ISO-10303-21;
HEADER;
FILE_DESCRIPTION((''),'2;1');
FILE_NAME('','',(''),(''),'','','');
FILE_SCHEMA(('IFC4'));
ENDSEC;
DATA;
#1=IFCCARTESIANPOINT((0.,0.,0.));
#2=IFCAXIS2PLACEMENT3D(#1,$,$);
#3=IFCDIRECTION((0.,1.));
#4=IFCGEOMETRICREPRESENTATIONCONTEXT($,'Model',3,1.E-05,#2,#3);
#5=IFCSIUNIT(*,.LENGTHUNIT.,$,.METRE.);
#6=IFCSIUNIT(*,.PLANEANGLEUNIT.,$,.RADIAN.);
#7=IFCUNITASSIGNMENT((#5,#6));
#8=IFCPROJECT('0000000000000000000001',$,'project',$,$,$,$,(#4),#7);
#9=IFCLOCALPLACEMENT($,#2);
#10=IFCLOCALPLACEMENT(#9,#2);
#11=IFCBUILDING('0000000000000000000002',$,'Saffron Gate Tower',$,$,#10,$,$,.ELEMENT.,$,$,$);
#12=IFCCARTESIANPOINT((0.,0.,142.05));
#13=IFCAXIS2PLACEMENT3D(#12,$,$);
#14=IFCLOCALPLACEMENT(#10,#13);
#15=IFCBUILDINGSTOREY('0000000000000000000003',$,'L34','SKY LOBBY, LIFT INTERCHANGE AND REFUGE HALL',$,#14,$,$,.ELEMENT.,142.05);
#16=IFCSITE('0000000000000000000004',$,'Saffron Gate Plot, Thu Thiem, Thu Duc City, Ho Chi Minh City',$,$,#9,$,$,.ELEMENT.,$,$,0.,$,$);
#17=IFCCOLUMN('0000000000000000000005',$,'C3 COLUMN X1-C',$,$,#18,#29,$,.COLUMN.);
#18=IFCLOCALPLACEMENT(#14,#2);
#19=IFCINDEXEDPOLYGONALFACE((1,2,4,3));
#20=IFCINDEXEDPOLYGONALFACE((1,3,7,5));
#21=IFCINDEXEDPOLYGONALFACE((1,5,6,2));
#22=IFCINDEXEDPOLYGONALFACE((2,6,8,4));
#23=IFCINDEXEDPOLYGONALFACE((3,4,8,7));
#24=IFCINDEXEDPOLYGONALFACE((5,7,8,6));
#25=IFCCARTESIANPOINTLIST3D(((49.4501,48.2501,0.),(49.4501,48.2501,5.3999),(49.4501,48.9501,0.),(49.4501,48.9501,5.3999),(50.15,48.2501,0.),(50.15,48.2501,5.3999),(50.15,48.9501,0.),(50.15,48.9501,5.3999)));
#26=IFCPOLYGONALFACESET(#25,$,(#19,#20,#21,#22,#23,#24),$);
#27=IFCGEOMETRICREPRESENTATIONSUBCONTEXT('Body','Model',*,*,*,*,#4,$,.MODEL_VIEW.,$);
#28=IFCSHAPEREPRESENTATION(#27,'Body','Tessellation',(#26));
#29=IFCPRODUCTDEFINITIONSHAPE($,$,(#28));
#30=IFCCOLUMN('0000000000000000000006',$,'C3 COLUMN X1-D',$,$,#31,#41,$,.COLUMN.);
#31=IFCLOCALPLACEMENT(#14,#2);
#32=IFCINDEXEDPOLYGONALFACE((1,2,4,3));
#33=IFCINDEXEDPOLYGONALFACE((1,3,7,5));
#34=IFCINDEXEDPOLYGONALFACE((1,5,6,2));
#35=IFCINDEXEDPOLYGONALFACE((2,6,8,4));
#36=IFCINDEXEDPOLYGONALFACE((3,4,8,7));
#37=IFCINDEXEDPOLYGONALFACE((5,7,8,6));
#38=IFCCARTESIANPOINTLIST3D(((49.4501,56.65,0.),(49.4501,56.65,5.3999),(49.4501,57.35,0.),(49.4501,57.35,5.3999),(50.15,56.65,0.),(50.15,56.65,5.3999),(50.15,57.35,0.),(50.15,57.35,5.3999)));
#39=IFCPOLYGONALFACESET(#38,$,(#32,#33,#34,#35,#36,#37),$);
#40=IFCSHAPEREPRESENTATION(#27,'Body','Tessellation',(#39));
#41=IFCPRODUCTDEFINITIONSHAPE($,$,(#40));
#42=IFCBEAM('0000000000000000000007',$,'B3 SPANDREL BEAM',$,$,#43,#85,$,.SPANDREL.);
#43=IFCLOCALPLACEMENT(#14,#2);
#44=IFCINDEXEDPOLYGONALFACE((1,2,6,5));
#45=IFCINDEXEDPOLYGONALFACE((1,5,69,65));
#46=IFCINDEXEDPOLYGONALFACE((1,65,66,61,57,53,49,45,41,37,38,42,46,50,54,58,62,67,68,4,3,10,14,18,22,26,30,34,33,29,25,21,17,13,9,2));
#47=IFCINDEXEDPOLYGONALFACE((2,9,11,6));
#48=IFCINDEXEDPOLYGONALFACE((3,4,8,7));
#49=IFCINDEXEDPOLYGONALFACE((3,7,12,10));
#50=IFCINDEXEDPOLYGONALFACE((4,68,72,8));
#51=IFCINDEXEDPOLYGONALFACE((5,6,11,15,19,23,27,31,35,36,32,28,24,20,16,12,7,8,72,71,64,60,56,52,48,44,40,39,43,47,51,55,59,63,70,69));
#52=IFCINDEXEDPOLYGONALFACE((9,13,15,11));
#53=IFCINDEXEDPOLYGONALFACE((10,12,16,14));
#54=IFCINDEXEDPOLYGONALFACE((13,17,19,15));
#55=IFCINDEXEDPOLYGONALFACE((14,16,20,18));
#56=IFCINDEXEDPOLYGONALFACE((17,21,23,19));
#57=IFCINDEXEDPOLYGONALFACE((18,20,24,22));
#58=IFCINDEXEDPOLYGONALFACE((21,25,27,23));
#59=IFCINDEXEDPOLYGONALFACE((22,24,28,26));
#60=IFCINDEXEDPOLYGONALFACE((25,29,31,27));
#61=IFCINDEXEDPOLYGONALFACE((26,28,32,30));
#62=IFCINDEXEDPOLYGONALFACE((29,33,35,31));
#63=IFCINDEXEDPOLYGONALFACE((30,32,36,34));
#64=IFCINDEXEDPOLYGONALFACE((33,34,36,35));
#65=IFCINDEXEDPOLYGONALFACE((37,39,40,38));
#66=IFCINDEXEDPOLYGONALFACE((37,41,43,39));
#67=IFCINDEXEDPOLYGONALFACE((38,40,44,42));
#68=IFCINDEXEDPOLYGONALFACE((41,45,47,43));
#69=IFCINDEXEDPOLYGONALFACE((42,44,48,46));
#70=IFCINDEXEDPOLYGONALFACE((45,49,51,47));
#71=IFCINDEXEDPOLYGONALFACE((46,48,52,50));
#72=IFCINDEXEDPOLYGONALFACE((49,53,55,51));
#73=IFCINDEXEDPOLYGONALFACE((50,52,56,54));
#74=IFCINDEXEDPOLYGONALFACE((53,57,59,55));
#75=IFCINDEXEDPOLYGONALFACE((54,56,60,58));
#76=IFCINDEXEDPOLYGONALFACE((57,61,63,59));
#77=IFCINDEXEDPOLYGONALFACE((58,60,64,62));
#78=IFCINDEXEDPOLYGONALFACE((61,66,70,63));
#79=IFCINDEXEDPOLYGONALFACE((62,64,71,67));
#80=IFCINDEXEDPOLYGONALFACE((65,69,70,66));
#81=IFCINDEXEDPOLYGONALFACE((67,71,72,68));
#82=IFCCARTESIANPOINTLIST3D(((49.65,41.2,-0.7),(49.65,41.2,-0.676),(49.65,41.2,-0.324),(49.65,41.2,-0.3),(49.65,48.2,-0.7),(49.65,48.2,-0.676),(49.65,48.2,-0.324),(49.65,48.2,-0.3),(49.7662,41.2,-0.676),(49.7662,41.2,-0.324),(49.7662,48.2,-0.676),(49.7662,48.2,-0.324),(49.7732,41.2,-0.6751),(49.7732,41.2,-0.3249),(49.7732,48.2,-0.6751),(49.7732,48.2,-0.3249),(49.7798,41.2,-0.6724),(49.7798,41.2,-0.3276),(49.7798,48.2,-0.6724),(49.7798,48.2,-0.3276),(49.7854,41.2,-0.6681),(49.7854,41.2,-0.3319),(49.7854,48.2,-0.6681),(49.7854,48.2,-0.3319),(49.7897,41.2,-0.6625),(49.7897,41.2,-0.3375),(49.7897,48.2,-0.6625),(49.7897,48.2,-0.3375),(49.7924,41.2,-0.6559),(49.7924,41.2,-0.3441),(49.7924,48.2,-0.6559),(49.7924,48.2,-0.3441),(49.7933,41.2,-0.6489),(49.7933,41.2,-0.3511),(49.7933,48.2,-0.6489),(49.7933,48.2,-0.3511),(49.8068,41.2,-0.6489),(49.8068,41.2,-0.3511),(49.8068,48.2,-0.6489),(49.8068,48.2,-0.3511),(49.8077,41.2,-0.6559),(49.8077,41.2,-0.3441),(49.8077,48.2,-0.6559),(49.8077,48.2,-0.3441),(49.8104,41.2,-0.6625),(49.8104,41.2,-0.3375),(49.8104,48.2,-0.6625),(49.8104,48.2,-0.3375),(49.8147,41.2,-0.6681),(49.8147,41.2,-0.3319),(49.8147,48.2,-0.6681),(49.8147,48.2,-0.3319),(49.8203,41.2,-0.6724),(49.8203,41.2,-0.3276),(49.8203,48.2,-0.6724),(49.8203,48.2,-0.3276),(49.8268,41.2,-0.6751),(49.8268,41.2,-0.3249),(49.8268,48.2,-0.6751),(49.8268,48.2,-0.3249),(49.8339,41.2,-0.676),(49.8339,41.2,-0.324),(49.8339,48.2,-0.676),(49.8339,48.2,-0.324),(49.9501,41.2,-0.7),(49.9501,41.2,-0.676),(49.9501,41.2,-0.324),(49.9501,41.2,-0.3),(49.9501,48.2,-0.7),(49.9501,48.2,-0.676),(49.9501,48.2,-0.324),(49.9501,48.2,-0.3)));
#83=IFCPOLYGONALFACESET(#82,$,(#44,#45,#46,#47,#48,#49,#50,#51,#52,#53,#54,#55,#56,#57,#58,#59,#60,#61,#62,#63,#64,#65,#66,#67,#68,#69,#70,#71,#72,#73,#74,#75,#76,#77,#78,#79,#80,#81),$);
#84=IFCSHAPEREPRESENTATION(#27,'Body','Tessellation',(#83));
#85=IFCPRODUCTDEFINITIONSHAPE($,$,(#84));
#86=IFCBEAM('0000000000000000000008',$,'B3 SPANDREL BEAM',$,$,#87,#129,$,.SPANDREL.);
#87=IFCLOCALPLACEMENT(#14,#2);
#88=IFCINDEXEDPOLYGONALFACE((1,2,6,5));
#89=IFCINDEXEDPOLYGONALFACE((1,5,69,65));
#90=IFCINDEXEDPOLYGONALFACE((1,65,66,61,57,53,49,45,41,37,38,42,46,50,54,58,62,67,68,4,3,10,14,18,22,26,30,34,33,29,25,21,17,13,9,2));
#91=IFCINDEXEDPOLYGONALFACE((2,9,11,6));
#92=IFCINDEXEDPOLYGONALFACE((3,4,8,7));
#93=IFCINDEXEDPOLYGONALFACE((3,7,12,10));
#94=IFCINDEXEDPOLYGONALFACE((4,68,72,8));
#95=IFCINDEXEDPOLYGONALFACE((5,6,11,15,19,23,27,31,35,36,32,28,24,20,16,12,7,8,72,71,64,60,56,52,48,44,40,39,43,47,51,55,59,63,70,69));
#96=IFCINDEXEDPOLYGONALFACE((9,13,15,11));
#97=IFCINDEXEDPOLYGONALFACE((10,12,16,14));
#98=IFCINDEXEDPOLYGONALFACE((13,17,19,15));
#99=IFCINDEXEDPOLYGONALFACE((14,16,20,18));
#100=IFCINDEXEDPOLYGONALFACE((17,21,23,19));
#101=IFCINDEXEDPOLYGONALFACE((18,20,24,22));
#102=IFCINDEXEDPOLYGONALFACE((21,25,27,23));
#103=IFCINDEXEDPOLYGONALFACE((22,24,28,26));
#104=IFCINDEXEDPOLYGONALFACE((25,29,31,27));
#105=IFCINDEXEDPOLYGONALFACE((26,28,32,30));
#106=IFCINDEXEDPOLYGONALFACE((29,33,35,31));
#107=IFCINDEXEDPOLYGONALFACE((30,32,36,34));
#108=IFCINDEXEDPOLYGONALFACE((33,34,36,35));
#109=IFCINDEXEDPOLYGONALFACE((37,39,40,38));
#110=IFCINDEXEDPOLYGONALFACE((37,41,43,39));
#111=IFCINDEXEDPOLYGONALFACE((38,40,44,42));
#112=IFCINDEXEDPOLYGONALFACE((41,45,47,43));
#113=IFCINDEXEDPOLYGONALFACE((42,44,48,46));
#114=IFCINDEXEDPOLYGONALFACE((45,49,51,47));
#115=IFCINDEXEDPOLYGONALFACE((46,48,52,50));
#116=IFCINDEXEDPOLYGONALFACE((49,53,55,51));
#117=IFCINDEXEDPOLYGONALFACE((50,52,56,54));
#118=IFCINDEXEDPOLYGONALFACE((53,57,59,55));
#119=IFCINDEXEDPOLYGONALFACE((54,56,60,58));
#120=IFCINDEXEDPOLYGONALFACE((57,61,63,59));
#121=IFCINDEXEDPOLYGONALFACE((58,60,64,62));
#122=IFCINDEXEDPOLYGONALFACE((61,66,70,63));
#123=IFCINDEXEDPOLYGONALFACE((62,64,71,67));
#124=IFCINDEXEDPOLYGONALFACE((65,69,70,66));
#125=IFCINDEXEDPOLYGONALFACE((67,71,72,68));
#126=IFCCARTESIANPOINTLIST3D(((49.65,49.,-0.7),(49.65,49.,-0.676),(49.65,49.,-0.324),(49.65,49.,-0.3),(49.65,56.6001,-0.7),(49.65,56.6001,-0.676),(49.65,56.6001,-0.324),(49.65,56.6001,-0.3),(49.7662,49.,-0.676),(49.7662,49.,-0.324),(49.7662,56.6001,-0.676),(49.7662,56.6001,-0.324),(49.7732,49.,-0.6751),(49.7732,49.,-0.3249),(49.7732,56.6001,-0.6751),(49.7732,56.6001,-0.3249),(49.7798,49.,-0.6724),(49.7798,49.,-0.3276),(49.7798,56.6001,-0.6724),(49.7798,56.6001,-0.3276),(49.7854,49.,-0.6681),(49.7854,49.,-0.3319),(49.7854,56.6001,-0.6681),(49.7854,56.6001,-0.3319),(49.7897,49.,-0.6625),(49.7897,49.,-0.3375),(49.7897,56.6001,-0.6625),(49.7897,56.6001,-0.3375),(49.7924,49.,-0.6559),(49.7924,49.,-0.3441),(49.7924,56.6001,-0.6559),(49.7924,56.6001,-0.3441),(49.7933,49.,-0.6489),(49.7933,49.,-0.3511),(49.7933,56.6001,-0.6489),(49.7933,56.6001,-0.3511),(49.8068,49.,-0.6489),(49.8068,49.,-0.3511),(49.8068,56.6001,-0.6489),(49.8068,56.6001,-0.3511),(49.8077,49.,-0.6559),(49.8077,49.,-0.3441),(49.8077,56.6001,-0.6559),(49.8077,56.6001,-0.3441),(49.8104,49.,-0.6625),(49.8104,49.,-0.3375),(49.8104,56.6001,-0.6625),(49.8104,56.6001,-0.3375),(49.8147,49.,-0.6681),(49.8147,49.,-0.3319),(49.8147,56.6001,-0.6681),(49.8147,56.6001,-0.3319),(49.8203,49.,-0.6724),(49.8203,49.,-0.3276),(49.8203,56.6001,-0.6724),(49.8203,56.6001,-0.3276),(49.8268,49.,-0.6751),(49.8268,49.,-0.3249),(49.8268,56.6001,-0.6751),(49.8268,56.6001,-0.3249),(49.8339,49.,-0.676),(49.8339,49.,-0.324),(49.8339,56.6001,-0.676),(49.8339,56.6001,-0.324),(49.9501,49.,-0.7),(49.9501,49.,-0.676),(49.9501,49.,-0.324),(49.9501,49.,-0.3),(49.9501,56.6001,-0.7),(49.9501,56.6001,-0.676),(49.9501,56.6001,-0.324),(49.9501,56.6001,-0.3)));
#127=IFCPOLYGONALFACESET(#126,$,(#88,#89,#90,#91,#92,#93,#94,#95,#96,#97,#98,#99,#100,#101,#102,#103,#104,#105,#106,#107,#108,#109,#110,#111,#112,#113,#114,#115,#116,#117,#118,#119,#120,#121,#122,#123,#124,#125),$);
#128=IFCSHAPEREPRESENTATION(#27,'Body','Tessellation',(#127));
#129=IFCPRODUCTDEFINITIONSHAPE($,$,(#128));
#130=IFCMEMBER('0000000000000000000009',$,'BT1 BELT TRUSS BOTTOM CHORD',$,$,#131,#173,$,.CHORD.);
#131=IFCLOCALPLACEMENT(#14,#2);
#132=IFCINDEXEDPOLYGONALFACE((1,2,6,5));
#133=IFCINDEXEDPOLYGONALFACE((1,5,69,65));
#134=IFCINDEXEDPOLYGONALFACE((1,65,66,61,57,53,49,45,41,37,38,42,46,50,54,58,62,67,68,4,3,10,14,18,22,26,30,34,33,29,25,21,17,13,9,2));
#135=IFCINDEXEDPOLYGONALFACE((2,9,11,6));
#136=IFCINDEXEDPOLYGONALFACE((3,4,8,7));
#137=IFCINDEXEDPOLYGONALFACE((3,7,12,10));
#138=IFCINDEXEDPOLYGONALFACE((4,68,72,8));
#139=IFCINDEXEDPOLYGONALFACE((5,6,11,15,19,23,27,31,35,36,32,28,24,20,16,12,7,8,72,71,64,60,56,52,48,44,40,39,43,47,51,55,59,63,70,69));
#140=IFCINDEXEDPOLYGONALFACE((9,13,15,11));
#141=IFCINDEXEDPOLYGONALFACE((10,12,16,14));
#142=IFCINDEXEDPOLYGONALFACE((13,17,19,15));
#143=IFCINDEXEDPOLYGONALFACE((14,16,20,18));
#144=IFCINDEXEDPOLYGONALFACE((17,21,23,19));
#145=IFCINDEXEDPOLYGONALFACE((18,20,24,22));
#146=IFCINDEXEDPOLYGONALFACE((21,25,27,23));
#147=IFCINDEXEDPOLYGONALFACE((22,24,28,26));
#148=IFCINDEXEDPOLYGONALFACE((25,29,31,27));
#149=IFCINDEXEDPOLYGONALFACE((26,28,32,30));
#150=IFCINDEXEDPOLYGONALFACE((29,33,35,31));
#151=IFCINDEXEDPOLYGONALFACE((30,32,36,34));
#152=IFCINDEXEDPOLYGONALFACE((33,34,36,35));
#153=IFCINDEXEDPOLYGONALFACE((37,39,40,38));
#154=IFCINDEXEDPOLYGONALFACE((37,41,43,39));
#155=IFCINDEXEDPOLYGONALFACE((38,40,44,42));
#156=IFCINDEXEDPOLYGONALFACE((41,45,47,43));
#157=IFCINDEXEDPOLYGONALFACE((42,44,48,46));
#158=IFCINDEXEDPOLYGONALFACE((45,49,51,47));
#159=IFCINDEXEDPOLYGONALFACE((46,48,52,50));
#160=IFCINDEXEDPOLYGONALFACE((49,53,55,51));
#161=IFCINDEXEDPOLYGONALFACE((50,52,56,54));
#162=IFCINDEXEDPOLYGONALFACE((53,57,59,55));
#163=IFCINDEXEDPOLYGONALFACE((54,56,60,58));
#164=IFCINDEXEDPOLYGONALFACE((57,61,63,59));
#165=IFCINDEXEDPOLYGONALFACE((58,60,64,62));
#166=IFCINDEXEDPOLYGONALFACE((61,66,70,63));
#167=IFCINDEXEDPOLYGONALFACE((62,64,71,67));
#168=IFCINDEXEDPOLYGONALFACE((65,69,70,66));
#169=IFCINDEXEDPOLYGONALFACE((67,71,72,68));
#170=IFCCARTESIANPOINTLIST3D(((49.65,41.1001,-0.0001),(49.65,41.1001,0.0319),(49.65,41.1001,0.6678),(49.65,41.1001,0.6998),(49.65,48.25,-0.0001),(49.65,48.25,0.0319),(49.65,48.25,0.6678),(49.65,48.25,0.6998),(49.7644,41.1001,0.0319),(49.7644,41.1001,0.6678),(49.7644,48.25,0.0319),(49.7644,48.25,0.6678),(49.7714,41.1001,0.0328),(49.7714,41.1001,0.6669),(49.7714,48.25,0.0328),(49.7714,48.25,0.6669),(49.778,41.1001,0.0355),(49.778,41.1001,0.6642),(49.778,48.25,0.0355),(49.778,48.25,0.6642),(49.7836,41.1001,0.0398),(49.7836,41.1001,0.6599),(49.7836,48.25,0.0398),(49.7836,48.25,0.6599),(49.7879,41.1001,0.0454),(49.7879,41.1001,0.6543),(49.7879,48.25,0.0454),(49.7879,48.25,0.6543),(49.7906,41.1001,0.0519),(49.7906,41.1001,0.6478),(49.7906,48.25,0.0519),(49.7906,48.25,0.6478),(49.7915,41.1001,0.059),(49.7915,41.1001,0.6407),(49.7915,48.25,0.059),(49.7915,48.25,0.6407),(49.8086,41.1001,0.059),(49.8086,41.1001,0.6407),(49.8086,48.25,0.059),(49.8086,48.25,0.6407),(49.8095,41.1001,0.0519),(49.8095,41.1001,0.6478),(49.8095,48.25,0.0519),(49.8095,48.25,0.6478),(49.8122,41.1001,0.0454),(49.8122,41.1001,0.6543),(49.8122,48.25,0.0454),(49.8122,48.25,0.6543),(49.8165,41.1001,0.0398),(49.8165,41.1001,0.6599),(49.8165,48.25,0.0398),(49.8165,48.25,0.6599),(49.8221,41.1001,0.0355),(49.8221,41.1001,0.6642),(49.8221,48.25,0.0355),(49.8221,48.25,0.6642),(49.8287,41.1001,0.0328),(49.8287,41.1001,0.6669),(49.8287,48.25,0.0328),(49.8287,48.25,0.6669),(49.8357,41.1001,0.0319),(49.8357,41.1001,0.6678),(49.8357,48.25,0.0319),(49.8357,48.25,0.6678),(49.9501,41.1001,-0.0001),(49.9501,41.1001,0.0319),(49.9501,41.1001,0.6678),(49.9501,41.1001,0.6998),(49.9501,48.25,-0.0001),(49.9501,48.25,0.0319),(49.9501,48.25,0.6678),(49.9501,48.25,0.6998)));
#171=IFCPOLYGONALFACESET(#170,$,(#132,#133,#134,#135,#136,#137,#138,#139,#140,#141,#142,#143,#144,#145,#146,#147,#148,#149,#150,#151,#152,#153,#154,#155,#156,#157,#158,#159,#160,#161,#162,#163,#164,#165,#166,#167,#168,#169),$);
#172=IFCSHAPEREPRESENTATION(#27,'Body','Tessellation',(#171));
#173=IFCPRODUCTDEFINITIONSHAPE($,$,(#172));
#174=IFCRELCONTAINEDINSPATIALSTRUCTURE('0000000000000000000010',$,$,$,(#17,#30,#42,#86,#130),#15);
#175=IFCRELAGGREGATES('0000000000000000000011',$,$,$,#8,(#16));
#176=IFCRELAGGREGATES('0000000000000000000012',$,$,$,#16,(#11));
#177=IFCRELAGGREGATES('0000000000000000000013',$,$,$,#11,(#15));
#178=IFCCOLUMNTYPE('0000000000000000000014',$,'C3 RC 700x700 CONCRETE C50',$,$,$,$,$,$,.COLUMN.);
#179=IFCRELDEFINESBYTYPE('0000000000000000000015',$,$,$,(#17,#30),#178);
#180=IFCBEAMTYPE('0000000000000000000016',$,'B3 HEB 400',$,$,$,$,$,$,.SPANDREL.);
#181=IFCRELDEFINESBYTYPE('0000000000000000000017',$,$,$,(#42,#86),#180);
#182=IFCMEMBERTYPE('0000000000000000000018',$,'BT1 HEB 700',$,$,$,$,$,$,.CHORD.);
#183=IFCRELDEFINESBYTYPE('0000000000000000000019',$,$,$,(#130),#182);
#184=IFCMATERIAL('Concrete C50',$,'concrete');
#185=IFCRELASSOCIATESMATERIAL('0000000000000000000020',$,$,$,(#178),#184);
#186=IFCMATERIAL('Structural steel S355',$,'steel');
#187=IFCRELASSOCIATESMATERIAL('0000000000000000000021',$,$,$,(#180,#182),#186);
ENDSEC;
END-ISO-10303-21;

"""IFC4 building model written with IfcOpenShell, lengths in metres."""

from ifc_helpers import new_model, si_unit, direction, frame, origin, origin_2d, place, context, subcontext, project, spatial, rectangle, i_section, extrude, material, material_profile, profile_set, type_object, element, save


model = new_model("IFC4")

# Units and contexts
model_context = context("Model", 3, precision=1e-05, world=origin(), true_north=direction((0.0, 1.0)))
body_context = subcontext(model_context, "Body", "Model", "MODEL_VIEW")
ifc_project = project(units=[si_unit("LENGTHUNIT", "METRE"), si_unit("PLANEANGLEUNIT", "RADIAN")], contexts=[model_context])

# Site, building, storey
site_placement = place(None, origin())
site = spatial("IfcSite", under=ifc_project, at=site_placement, Name="Saffron Gate Plot, Thu Thiem, Thu Duc City, Ho Chi Minh City", CompositionType="ELEMENT", RefElevation=0.0)
building_placement = place(site_placement, origin())
building = spatial("IfcBuilding", under=site, at=building_placement, Name="Saffron Gate Tower", CompositionType="ELEMENT")
storey_placement = place(building_placement, frame((0.0, 0.0, 142.05)))
storey = spatial("IfcBuildingStorey", under=building, at=storey_placement, Name="L34", Description="SKY LOBBY, LIFT INTERCHANGE AND REFUGE HALL", CompositionType="ELEMENT", Elevation=142.05)

# Columns
ifc_material_1 = material(Name="Concrete C50", Category="concrete")
ifc_material_profile_1 = material_profile(ifc_material_1, rectangle(XDim=0.7, YDim=0.7, at=origin_2d()))
ifc_profile_set_1 = profile_set([ifc_material_profile_1], Name="Concrete C50")
column_type = type_object("IfcColumnType", Name="C3 RC 700x700 CONCRETE C50", PredefinedType="COLUMN", material=ifc_profile_set_1)
for number, where, z_axis, x_axis, name in (
    (1, (49.8, 48.6001, 0.0), (0.0, 0.0, 1.0), (1.0, 0.0, 0.0), "C3 COLUMN X1-C"),
    (2, (49.8, 57.0, 0.0), (0.0, 0.0, 1.0), (1.0, 0.0, 0.0), "C3 COLUMN X1-D"),
):
    element("IfcColumn", number, at=place(storey_placement, frame(where, z_axis=z_axis, x_axis=x_axis)), inside=storey, type_object=column_type, Name=name, PredefinedType="COLUMN", context=body_context, shape_type="SweptSolid", body=[
        extrude(rectangle(XDim=0.7, YDim=0.7, at=origin_2d()), origin(), (0.0, 0.0, 1.0), 5.3999),
    ])

# Beams
ifc_material_2 = material(Name="Structural steel S355", Category="steel")
ifc_material_profile_2 = material_profile(ifc_material_2, i_section(OverallWidth=0.3, OverallDepth=0.3999, WebThickness=0.0134, FlangeThickness=0.0239, FilletRadius=0.0271, at=origin_2d()))
ifc_profile_set_2 = profile_set([ifc_material_profile_2], Name="Structural steel S355")
beam_type = type_object("IfcBeamType", Name="B3 HEB 400", PredefinedType="SPANDREL", material=ifc_profile_set_2)
beam_1_placement = place(storey_placement, frame((49.8, 41.2, -0.5), z_axis=(0.0, 1.0, 0.0), x_axis=(-1.0, 0.0, 0.0)))
element("IfcBeam", 3, at=beam_1_placement, inside=storey, type_object=beam_type, Name="B3 SPANDREL BEAM", PredefinedType="SPANDREL", context=body_context, shape_type="SweptSolid", body=[
    extrude(i_section(OverallWidth=0.3, OverallDepth=0.3999, WebThickness=0.0134, FlangeThickness=0.0239, FilletRadius=0.0271, at=origin_2d()), origin(), (0.0, 0.0, 1.0), 7.0),
])
beam_2_placement = place(storey_placement, frame((49.8, 49.0, -0.5), z_axis=(0.0, 1.0, 0.0), x_axis=(-1.0, 0.0, 0.0)))
element("IfcBeam", 4, at=beam_2_placement, inside=storey, type_object=beam_type, Name="B3 SPANDREL BEAM", PredefinedType="SPANDREL", context=body_context, shape_type="SweptSolid", body=[
    extrude(i_section(OverallWidth=0.3, OverallDepth=0.3999, WebThickness=0.0134, FlangeThickness=0.0239, FilletRadius=0.0271, at=origin_2d()), origin(), (0.0, 0.0, 1.0), 7.6001),
])

# Member
ifc_material_profile_3 = material_profile(ifc_material_2, i_section(OverallWidth=0.3, OverallDepth=0.7, WebThickness=0.0171, FlangeThickness=0.032, FilletRadius=0.0271, at=origin_2d()))
ifc_profile_set_3 = profile_set([ifc_material_profile_3], Name="Structural steel S355")
member_type_1 = type_object("IfcMemberType", Name="BT1 HEB 700", PredefinedType="CHORD", material=ifc_profile_set_3)
member_1_placement = place(storey_placement, frame((49.8, 41.1001, 0.3499), z_axis=(0.0, 1.0, 0.0), x_axis=(-1.0, 0.0, 0.0)))
element("IfcMember", 5, at=member_1_placement, inside=storey, type_object=member_type_1, Name="BT1 BELT TRUSS BOTTOM CHORD", PredefinedType="CHORD", context=body_context, shape_type="SweptSolid", body=[
    extrude(i_section(OverallWidth=0.3, OverallDepth=0.7, WebThickness=0.0171, FlangeThickness=0.032, FilletRadius=0.0271, at=origin_2d()), origin(), (0.0, 0.0, 1.0), 7.1499),
])

save(model, "model.ifc")
